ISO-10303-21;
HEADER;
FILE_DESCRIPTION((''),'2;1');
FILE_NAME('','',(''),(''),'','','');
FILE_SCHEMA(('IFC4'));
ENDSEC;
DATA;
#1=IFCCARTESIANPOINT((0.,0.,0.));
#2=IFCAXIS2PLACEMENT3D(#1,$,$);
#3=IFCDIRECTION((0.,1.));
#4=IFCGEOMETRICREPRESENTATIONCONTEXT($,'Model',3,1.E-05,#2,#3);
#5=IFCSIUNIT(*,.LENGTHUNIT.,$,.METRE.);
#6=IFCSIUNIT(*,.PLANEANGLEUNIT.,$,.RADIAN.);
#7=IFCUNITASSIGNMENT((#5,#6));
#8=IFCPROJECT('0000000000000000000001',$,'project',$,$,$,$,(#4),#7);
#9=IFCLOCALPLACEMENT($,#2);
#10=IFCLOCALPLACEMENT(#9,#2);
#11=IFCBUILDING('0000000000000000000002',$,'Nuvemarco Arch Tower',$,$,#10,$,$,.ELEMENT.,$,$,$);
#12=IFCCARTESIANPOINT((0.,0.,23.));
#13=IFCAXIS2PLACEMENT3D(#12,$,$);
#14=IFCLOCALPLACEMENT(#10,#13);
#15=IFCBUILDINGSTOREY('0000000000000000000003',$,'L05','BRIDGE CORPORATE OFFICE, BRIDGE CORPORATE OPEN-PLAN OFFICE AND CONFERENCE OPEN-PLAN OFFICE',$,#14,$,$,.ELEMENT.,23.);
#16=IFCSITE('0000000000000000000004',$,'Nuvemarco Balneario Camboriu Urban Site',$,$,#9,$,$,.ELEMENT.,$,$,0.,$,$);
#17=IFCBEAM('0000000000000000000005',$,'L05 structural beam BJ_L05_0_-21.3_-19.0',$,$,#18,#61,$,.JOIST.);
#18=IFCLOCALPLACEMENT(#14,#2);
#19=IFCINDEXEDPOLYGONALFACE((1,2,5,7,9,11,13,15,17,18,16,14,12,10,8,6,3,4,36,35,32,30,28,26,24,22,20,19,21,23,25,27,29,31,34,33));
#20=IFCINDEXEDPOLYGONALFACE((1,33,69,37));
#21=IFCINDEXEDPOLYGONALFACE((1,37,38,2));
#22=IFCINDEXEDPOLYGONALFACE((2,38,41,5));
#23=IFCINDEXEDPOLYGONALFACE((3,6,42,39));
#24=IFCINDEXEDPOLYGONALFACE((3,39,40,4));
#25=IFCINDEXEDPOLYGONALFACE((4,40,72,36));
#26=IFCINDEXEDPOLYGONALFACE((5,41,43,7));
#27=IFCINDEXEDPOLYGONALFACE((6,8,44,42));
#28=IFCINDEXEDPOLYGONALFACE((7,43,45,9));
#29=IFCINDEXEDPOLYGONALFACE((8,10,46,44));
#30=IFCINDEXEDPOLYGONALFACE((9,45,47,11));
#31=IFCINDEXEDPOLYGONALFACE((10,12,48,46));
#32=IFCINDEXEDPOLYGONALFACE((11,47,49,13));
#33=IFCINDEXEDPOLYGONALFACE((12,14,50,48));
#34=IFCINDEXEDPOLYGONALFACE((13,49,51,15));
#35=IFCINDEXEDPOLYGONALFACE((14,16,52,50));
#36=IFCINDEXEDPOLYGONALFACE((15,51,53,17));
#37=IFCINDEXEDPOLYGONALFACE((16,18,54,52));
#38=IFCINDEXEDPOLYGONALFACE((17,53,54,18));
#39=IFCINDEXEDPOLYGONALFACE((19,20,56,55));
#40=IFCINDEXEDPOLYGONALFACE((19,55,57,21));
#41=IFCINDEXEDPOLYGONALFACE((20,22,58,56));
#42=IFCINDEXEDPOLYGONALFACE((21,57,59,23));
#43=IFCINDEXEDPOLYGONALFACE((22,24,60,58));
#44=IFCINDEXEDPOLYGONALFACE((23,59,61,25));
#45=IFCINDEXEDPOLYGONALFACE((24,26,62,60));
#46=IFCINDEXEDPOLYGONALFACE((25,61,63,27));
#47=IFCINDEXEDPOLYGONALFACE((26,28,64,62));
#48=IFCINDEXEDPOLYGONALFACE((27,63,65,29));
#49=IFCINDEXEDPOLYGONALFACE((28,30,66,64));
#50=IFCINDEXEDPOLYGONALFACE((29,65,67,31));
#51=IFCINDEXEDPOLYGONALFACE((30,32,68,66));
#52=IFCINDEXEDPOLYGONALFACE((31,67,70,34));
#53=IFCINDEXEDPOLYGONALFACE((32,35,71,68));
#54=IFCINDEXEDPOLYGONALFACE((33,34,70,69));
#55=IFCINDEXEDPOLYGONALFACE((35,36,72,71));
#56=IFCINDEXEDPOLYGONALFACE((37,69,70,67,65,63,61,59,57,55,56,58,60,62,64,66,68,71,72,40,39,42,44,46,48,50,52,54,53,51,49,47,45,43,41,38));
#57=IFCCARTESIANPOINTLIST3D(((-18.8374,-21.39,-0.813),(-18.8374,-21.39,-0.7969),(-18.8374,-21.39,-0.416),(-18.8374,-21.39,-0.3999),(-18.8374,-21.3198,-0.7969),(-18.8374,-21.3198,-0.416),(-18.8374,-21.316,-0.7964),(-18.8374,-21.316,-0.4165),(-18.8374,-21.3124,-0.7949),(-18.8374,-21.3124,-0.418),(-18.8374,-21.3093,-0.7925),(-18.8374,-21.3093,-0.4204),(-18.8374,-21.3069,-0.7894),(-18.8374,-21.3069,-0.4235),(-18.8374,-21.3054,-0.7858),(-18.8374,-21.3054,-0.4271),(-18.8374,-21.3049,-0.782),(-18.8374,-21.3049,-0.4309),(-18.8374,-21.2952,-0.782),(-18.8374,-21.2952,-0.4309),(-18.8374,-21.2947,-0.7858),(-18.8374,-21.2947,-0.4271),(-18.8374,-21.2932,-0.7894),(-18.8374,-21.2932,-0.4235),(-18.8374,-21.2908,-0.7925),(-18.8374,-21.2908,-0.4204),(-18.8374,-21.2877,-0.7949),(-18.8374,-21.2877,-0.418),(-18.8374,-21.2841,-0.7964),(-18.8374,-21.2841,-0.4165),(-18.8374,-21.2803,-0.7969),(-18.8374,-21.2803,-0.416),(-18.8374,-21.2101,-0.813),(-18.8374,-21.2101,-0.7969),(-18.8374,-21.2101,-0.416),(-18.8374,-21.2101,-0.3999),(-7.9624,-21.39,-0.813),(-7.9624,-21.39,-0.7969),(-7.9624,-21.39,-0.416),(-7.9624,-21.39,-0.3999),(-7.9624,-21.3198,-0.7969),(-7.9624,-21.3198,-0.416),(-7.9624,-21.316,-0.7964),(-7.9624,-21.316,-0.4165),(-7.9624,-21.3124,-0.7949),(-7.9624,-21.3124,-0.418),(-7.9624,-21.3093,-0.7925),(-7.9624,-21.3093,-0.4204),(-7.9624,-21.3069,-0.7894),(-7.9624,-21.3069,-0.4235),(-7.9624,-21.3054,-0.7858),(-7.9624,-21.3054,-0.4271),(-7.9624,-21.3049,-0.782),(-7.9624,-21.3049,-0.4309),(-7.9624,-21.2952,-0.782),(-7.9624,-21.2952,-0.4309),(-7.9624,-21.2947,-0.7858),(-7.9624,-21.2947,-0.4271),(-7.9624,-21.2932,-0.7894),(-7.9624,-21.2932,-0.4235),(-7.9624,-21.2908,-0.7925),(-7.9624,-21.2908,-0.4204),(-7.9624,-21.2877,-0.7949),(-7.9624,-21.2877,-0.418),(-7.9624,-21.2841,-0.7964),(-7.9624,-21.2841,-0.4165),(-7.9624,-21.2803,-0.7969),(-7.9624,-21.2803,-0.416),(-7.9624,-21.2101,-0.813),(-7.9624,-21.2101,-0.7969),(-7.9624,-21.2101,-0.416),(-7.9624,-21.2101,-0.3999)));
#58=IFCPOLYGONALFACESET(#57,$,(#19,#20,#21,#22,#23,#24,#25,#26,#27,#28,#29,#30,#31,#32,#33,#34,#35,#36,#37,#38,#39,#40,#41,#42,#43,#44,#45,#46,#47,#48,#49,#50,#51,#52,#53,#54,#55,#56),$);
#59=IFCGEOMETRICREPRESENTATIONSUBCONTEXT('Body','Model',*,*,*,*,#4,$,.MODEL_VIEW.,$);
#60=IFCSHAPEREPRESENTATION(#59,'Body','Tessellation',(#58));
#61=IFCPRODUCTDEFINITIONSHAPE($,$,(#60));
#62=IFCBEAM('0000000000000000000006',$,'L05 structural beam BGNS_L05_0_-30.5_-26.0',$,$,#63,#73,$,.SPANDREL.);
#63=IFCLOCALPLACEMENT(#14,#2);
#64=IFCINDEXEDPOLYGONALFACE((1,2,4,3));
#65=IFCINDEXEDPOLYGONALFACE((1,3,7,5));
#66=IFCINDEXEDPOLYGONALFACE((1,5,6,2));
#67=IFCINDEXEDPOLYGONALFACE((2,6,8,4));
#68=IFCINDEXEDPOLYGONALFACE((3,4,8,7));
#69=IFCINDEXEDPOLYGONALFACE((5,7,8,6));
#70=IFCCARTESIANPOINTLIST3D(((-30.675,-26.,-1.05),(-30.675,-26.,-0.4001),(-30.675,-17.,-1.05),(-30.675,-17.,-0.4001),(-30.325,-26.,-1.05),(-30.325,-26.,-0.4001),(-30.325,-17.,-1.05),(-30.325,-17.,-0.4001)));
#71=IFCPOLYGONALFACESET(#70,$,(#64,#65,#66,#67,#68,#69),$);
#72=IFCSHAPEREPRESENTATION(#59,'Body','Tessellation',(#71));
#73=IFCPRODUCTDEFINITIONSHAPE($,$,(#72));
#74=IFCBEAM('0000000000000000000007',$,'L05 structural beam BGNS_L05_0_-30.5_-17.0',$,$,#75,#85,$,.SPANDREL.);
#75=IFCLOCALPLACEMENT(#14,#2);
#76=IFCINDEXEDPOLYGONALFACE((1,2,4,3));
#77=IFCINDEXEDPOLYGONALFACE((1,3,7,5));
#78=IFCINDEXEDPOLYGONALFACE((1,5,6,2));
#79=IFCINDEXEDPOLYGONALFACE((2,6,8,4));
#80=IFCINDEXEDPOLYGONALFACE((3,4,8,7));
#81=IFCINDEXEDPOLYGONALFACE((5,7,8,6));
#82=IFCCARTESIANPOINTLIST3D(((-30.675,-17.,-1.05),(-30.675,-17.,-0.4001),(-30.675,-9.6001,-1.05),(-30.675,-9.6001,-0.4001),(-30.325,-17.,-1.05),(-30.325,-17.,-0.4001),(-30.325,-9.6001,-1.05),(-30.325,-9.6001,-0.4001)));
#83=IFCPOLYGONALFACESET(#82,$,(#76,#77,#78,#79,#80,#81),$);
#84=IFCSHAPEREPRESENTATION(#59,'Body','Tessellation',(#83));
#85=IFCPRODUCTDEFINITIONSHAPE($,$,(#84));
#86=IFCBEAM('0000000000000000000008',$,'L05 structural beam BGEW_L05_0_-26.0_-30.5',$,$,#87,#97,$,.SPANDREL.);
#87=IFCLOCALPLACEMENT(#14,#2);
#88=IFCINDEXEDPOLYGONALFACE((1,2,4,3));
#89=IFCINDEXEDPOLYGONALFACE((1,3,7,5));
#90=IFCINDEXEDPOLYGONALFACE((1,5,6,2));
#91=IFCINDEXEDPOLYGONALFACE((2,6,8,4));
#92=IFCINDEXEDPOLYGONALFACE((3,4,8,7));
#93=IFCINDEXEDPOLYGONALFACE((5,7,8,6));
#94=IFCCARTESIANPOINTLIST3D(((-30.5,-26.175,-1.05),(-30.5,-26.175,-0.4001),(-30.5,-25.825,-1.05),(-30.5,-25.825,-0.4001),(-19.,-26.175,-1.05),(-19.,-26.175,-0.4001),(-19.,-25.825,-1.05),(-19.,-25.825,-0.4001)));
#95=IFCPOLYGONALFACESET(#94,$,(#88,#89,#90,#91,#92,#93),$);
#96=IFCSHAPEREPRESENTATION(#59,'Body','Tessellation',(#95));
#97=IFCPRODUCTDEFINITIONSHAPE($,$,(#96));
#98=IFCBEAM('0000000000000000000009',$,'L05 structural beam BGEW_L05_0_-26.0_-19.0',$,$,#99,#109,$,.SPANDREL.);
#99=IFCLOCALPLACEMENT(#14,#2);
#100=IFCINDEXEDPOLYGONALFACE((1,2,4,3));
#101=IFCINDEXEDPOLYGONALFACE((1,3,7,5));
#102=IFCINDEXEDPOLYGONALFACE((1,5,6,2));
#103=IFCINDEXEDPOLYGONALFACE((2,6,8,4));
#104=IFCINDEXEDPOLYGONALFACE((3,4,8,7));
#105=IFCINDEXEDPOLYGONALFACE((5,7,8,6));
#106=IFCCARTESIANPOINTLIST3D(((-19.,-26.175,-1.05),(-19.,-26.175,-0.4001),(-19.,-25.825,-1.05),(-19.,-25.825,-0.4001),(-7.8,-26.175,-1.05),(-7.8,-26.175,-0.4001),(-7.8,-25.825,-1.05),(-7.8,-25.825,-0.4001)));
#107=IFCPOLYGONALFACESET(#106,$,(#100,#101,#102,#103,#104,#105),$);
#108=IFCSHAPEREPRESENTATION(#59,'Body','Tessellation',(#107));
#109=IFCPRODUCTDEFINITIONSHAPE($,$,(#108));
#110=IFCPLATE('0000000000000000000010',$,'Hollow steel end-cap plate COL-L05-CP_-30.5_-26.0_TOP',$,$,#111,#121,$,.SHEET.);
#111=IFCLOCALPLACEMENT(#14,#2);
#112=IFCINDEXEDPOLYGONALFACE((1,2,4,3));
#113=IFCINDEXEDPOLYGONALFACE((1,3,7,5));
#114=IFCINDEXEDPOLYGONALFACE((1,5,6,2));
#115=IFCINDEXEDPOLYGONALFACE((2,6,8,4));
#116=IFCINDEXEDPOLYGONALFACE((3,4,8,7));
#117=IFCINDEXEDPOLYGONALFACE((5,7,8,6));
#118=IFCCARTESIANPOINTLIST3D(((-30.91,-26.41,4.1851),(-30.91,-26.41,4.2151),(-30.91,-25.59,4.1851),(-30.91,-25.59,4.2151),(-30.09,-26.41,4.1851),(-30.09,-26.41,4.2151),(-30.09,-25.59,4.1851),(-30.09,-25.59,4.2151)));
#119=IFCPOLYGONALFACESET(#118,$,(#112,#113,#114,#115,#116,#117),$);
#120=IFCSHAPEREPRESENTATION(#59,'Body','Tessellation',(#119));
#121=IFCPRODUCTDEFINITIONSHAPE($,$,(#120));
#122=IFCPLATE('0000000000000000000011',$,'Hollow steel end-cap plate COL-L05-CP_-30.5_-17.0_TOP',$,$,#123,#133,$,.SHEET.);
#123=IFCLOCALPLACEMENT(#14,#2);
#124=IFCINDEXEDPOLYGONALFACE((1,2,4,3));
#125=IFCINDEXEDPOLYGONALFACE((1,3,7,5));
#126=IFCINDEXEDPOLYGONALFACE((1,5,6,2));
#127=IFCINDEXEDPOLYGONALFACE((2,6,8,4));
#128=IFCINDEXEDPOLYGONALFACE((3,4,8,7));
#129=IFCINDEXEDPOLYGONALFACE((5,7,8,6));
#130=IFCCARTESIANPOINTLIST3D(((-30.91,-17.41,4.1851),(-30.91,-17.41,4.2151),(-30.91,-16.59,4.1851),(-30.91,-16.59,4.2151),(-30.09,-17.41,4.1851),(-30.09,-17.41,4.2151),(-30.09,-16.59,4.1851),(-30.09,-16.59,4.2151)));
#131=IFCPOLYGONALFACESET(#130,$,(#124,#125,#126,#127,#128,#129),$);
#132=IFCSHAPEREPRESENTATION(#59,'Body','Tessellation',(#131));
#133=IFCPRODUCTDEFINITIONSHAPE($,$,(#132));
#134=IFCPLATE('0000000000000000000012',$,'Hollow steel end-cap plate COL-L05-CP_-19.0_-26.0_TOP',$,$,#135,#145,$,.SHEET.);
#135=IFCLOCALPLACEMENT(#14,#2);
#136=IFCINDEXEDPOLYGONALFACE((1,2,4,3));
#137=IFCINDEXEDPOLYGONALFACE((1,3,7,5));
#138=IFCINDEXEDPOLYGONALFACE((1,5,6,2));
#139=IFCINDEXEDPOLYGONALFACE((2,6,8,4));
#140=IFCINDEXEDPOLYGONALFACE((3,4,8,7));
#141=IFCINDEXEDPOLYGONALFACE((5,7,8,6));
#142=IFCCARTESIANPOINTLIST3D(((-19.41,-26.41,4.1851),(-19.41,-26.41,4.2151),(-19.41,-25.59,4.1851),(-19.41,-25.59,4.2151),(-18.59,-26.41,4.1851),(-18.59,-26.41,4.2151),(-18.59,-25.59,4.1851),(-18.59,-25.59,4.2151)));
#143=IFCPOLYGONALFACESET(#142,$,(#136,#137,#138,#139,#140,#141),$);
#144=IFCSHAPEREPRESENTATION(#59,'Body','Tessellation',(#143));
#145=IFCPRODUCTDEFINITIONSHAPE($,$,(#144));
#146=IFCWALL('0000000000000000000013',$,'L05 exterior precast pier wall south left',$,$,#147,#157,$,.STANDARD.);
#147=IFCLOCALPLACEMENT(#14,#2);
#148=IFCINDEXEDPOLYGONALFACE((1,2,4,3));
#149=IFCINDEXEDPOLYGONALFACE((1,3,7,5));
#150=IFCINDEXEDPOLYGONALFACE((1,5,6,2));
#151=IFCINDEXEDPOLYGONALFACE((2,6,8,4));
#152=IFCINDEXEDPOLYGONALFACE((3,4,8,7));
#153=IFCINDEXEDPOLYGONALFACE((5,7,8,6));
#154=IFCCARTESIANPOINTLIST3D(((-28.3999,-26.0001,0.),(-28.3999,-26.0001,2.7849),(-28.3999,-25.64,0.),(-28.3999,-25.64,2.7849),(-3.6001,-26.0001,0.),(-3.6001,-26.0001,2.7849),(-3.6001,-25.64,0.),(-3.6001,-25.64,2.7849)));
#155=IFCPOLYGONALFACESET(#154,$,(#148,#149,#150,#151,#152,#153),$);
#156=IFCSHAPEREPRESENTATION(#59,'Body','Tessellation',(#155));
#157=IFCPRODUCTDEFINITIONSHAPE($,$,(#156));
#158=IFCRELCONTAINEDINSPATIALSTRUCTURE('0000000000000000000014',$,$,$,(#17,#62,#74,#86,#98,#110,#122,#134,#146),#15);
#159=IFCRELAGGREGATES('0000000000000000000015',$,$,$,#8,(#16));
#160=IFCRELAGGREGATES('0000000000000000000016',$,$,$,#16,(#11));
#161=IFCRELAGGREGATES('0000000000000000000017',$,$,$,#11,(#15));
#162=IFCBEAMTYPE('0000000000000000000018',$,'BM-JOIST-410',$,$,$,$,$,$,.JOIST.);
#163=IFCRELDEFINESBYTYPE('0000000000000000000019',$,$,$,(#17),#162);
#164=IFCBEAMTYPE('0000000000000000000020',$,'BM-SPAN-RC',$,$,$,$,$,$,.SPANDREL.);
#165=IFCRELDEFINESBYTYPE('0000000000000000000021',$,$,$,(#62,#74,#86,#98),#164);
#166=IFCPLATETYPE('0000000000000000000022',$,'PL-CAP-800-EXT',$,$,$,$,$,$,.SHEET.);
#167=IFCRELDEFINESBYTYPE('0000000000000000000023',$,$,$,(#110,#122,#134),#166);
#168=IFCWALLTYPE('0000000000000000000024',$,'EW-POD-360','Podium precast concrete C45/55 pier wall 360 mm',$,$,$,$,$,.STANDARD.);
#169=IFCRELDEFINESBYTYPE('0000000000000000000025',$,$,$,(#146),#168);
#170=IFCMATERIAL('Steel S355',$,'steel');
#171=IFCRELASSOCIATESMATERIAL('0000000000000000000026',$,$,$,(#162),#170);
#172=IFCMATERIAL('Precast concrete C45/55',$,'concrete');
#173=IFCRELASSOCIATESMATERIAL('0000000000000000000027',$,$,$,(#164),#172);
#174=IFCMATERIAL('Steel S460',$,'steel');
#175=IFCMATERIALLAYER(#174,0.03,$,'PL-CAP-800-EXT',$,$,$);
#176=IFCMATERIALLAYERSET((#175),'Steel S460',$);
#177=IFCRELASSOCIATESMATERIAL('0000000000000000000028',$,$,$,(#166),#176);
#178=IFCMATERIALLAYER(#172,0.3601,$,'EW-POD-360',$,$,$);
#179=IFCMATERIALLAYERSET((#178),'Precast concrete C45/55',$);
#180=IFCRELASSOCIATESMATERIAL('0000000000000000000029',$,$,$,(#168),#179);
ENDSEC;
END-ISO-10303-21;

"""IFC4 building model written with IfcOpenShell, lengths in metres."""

from ifc_helpers import new_model, si_unit, direction, frame, frame_2d, origin, origin_2d, place, context, subcontext, project, spatial, rectangle, i_section, extrude, source, transform, mapped, material, layer, layer_set, material_profile, profile_set, type_object, type_shapes, element, save


model = new_model("IFC4")

# Units and contexts
model_context = context("Model", 3, precision=1e-05, world=origin(), true_north=direction((0.0, 1.0)))
body_context = subcontext(model_context, "Body", "Model", "MODEL_VIEW")
ifc_project = project(units=[si_unit("LENGTHUNIT", "METRE"), si_unit("PLANEANGLEUNIT", "RADIAN")], contexts=[model_context])

# Site, building, storey
site_placement = place(None, origin())
site = spatial("IfcSite", under=ifc_project, at=site_placement, Name="Nuvemarco Balneario Camboriu Urban Site", CompositionType="ELEMENT", RefElevation=0.0)
building_placement = place(site_placement, origin())
building = spatial("IfcBuilding", under=site, at=building_placement, Name="Nuvemarco Arch Tower", CompositionType="ELEMENT")
storey_placement = place(building_placement, frame((0.0, 0.0, 23.0)))
storey = spatial("IfcBuildingStorey", under=building, at=storey_placement, Name="L05", Description="BRIDGE CORPORATE OFFICE, BRIDGE CORPORATE OPEN-PLAN OFFICE AND CONFERENCE OPEN-PLAN OFFICE", CompositionType="ELEMENT", Elevation=23.0)

# Shared definitions
ifc_material_1 = material(Name="Steel S460", Category="steel")

# Beams
ifc_material_2 = material(Name="Steel S355", Category="steel")
ifc_material_profile_1 = material_profile(ifc_material_2, i_section(OverallWidth=0.1799, OverallDepth=0.4131, WebThickness=0.0098, FlangeThickness=0.0161, FilletRadius=0.0149, at=origin_2d()), Name="W410x75")
ifc_profile_set_1 = profile_set([ifc_material_profile_1], Name="Steel S355")
beam_type_1 = type_object("IfcBeamType", Name="BM-JOIST-410", PredefinedType="JOIST", material=ifc_profile_set_1)
beam_1_placement = place(storey_placement, frame((-18.8374, -21.3, -0.6064), z_axis=(1.0, 0.0, 0.0), x_axis=(0.0, 1.0, 0.0)))
element("IfcBeam", 1, at=beam_1_placement, inside=storey, type_object=beam_type_1, Name="L05 structural beam BJ_L05_0_-21.3_-19.0", PredefinedType="JOIST", context=body_context, shape_type="SweptSolid", body=[
    extrude(i_section(OverallWidth=0.1799, OverallDepth=0.4131, WebThickness=0.0098, FlangeThickness=0.0161, FilletRadius=0.0149, at=origin_2d()), origin(), (0.0, 0.0, 1.0), 10.875),
])
ifc_material_3 = material(Name="Precast concrete C45/55", Category="concrete")
ifc_material_profile_2 = material_profile(ifc_material_3, rectangle(XDim=0.3501, YDim=0.6499, at=origin_2d()), Name="PC-SP-350x650")
ifc_profile_set_2 = profile_set([ifc_material_profile_2], Name="Precast concrete C45/55")
beam_type_2 = type_object("IfcBeamType", Name="BM-SPAN-RC", PredefinedType="SPANDREL", material=ifc_profile_set_2)
beam_2_placement = place(storey_placement, frame((-30.5, -26.0, -0.7251), z_axis=(0.0, 1.0, 0.0), x_axis=(-1.0, 0.0, 0.0)))
element("IfcBeam", 2, at=beam_2_placement, inside=storey, type_object=beam_type_2, Name="L05 structural beam BGNS_L05_0_-30.5_-26.0", PredefinedType="SPANDREL", context=body_context, shape_type="SweptSolid", body=[
    extrude(rectangle(XDim=0.3501, YDim=0.6499, at=origin_2d()), origin(), (0.0, 0.0, 1.0), 9.0),
])
beam_3_placement = place(storey_placement, frame((-30.5, -17.0, -0.7251), z_axis=(0.0, 1.0, 0.0), x_axis=(-1.0, 0.0, 0.0)))
element("IfcBeam", 3, at=beam_3_placement, inside=storey, type_object=beam_type_2, Name="L05 structural beam BGNS_L05_0_-30.5_-17.0", PredefinedType="SPANDREL", context=body_context, shape_type="SweptSolid", body=[
    extrude(rectangle(XDim=0.3501, YDim=0.6499, at=origin_2d()), origin(), (0.0, 0.0, 1.0), 7.3999),
])
beam_4_placement = place(storey_placement, frame((-30.5, -26.0, -0.7251), z_axis=(1.0, 0.0, 0.0), x_axis=(0.0, 1.0, 0.0)))
element("IfcBeam", 4, at=beam_4_placement, inside=storey, type_object=beam_type_2, Name="L05 structural beam BGEW_L05_0_-26.0_-30.5", PredefinedType="SPANDREL", context=body_context, shape_type="SweptSolid", body=[
    extrude(rectangle(XDim=0.3501, YDim=0.6499, at=origin_2d()), origin(), (0.0, 0.0, 1.0), 11.5),
])
beam_5_placement = place(storey_placement, frame((-19.0, -26.0, -0.7251), z_axis=(1.0, 0.0, 0.0), x_axis=(0.0, 1.0, 0.0)))
element("IfcBeam", 5, at=beam_5_placement, inside=storey, type_object=beam_type_2, Name="L05 structural beam BGEW_L05_0_-26.0_-19.0", PredefinedType="SPANDREL", context=body_context, shape_type="SweptSolid", body=[
    extrude(rectangle(XDim=0.3501, YDim=0.6499, at=origin_2d()), origin(), (0.0, 0.0, 1.0), 11.2),
])

# Plates
ifc_layer_1 = layer(ifc_material_1, 0.03, Name="PL-CAP-800-EXT")
ifc_layer_set_1 = layer_set([ifc_layer_1], Name="Steel S460")
plate_type = type_object("IfcPlateType", Name="PL-CAP-800-EXT", PredefinedType="SHEET", material=ifc_layer_set_1)
shared_shape_1 = source(origin(), body_context, "Body", "SweptSolid", [
    extrude(rectangle(XDim=0.8201, YDim=0.8201, at=origin_2d()), origin(), (0.0, 0.0, 1.0), 0.03),
])
type_shapes(plate_type, [shared_shape_1])
for number, where, z_axis, x_axis, name in (
    (6, (-30.5, -26.0, 4.1851), (0.0, 0.0, 1.0), (1.0, 0.0, 0.0), "Hollow steel end-cap plate COL-L05-CP_-30.5_-26.0_TOP"),
    (7, (-30.5, -17.0, 4.1851), (0.0, 0.0, 1.0), (1.0, 0.0, 0.0), "Hollow steel end-cap plate COL-L05-CP_-30.5_-17.0_TOP"),
    (8, (-19.0, -26.0, 4.1851), (0.0, 0.0, 1.0), (1.0, 0.0, 0.0), "Hollow steel end-cap plate COL-L05-CP_-19.0_-26.0_TOP"),
):
    element("IfcPlate", number, at=place(storey_placement, frame(where, z_axis=z_axis, x_axis=x_axis)), inside=storey, type_object=plate_type, Name=name, PredefinedType="SHEET", context=body_context, shape_type="MappedRepresentation", body=[
        mapped(shared_shape_1, transform((0.0, 0.0, 0.0), scale=1.0)),
    ])

# Wall
ifc_layer_2 = layer(ifc_material_3, 0.3601, Name="EW-POD-360")
ifc_layer_set_2 = layer_set([ifc_layer_2], Name="Precast concrete C45/55")
wall_type_1 = type_object("IfcWallType", Name="EW-POD-360", Description="Podium precast concrete C45/55 pier wall 360 mm", PredefinedType="STANDARD", material=ifc_layer_set_2)
wall_1_placement = place(storey_placement, frame((-28.3999, -25.8201, 0.0), z_axis=(0.0, 0.0, 1.0), x_axis=(1.0, 0.0, 0.0)))
element("IfcWall", 9, at=wall_1_placement, inside=storey, type_object=wall_type_1, Name="L05 exterior precast pier wall south left", PredefinedType="STANDARD", context=body_context, shape_type="SweptSolid", body=[
    extrude(rectangle(XDim=24.7998, YDim=0.3601, at=frame_2d((12.3999, 0.0))), origin(), (0.0, 0.0, 1.0), 2.7849),
])

save(model, "model.ifc")
